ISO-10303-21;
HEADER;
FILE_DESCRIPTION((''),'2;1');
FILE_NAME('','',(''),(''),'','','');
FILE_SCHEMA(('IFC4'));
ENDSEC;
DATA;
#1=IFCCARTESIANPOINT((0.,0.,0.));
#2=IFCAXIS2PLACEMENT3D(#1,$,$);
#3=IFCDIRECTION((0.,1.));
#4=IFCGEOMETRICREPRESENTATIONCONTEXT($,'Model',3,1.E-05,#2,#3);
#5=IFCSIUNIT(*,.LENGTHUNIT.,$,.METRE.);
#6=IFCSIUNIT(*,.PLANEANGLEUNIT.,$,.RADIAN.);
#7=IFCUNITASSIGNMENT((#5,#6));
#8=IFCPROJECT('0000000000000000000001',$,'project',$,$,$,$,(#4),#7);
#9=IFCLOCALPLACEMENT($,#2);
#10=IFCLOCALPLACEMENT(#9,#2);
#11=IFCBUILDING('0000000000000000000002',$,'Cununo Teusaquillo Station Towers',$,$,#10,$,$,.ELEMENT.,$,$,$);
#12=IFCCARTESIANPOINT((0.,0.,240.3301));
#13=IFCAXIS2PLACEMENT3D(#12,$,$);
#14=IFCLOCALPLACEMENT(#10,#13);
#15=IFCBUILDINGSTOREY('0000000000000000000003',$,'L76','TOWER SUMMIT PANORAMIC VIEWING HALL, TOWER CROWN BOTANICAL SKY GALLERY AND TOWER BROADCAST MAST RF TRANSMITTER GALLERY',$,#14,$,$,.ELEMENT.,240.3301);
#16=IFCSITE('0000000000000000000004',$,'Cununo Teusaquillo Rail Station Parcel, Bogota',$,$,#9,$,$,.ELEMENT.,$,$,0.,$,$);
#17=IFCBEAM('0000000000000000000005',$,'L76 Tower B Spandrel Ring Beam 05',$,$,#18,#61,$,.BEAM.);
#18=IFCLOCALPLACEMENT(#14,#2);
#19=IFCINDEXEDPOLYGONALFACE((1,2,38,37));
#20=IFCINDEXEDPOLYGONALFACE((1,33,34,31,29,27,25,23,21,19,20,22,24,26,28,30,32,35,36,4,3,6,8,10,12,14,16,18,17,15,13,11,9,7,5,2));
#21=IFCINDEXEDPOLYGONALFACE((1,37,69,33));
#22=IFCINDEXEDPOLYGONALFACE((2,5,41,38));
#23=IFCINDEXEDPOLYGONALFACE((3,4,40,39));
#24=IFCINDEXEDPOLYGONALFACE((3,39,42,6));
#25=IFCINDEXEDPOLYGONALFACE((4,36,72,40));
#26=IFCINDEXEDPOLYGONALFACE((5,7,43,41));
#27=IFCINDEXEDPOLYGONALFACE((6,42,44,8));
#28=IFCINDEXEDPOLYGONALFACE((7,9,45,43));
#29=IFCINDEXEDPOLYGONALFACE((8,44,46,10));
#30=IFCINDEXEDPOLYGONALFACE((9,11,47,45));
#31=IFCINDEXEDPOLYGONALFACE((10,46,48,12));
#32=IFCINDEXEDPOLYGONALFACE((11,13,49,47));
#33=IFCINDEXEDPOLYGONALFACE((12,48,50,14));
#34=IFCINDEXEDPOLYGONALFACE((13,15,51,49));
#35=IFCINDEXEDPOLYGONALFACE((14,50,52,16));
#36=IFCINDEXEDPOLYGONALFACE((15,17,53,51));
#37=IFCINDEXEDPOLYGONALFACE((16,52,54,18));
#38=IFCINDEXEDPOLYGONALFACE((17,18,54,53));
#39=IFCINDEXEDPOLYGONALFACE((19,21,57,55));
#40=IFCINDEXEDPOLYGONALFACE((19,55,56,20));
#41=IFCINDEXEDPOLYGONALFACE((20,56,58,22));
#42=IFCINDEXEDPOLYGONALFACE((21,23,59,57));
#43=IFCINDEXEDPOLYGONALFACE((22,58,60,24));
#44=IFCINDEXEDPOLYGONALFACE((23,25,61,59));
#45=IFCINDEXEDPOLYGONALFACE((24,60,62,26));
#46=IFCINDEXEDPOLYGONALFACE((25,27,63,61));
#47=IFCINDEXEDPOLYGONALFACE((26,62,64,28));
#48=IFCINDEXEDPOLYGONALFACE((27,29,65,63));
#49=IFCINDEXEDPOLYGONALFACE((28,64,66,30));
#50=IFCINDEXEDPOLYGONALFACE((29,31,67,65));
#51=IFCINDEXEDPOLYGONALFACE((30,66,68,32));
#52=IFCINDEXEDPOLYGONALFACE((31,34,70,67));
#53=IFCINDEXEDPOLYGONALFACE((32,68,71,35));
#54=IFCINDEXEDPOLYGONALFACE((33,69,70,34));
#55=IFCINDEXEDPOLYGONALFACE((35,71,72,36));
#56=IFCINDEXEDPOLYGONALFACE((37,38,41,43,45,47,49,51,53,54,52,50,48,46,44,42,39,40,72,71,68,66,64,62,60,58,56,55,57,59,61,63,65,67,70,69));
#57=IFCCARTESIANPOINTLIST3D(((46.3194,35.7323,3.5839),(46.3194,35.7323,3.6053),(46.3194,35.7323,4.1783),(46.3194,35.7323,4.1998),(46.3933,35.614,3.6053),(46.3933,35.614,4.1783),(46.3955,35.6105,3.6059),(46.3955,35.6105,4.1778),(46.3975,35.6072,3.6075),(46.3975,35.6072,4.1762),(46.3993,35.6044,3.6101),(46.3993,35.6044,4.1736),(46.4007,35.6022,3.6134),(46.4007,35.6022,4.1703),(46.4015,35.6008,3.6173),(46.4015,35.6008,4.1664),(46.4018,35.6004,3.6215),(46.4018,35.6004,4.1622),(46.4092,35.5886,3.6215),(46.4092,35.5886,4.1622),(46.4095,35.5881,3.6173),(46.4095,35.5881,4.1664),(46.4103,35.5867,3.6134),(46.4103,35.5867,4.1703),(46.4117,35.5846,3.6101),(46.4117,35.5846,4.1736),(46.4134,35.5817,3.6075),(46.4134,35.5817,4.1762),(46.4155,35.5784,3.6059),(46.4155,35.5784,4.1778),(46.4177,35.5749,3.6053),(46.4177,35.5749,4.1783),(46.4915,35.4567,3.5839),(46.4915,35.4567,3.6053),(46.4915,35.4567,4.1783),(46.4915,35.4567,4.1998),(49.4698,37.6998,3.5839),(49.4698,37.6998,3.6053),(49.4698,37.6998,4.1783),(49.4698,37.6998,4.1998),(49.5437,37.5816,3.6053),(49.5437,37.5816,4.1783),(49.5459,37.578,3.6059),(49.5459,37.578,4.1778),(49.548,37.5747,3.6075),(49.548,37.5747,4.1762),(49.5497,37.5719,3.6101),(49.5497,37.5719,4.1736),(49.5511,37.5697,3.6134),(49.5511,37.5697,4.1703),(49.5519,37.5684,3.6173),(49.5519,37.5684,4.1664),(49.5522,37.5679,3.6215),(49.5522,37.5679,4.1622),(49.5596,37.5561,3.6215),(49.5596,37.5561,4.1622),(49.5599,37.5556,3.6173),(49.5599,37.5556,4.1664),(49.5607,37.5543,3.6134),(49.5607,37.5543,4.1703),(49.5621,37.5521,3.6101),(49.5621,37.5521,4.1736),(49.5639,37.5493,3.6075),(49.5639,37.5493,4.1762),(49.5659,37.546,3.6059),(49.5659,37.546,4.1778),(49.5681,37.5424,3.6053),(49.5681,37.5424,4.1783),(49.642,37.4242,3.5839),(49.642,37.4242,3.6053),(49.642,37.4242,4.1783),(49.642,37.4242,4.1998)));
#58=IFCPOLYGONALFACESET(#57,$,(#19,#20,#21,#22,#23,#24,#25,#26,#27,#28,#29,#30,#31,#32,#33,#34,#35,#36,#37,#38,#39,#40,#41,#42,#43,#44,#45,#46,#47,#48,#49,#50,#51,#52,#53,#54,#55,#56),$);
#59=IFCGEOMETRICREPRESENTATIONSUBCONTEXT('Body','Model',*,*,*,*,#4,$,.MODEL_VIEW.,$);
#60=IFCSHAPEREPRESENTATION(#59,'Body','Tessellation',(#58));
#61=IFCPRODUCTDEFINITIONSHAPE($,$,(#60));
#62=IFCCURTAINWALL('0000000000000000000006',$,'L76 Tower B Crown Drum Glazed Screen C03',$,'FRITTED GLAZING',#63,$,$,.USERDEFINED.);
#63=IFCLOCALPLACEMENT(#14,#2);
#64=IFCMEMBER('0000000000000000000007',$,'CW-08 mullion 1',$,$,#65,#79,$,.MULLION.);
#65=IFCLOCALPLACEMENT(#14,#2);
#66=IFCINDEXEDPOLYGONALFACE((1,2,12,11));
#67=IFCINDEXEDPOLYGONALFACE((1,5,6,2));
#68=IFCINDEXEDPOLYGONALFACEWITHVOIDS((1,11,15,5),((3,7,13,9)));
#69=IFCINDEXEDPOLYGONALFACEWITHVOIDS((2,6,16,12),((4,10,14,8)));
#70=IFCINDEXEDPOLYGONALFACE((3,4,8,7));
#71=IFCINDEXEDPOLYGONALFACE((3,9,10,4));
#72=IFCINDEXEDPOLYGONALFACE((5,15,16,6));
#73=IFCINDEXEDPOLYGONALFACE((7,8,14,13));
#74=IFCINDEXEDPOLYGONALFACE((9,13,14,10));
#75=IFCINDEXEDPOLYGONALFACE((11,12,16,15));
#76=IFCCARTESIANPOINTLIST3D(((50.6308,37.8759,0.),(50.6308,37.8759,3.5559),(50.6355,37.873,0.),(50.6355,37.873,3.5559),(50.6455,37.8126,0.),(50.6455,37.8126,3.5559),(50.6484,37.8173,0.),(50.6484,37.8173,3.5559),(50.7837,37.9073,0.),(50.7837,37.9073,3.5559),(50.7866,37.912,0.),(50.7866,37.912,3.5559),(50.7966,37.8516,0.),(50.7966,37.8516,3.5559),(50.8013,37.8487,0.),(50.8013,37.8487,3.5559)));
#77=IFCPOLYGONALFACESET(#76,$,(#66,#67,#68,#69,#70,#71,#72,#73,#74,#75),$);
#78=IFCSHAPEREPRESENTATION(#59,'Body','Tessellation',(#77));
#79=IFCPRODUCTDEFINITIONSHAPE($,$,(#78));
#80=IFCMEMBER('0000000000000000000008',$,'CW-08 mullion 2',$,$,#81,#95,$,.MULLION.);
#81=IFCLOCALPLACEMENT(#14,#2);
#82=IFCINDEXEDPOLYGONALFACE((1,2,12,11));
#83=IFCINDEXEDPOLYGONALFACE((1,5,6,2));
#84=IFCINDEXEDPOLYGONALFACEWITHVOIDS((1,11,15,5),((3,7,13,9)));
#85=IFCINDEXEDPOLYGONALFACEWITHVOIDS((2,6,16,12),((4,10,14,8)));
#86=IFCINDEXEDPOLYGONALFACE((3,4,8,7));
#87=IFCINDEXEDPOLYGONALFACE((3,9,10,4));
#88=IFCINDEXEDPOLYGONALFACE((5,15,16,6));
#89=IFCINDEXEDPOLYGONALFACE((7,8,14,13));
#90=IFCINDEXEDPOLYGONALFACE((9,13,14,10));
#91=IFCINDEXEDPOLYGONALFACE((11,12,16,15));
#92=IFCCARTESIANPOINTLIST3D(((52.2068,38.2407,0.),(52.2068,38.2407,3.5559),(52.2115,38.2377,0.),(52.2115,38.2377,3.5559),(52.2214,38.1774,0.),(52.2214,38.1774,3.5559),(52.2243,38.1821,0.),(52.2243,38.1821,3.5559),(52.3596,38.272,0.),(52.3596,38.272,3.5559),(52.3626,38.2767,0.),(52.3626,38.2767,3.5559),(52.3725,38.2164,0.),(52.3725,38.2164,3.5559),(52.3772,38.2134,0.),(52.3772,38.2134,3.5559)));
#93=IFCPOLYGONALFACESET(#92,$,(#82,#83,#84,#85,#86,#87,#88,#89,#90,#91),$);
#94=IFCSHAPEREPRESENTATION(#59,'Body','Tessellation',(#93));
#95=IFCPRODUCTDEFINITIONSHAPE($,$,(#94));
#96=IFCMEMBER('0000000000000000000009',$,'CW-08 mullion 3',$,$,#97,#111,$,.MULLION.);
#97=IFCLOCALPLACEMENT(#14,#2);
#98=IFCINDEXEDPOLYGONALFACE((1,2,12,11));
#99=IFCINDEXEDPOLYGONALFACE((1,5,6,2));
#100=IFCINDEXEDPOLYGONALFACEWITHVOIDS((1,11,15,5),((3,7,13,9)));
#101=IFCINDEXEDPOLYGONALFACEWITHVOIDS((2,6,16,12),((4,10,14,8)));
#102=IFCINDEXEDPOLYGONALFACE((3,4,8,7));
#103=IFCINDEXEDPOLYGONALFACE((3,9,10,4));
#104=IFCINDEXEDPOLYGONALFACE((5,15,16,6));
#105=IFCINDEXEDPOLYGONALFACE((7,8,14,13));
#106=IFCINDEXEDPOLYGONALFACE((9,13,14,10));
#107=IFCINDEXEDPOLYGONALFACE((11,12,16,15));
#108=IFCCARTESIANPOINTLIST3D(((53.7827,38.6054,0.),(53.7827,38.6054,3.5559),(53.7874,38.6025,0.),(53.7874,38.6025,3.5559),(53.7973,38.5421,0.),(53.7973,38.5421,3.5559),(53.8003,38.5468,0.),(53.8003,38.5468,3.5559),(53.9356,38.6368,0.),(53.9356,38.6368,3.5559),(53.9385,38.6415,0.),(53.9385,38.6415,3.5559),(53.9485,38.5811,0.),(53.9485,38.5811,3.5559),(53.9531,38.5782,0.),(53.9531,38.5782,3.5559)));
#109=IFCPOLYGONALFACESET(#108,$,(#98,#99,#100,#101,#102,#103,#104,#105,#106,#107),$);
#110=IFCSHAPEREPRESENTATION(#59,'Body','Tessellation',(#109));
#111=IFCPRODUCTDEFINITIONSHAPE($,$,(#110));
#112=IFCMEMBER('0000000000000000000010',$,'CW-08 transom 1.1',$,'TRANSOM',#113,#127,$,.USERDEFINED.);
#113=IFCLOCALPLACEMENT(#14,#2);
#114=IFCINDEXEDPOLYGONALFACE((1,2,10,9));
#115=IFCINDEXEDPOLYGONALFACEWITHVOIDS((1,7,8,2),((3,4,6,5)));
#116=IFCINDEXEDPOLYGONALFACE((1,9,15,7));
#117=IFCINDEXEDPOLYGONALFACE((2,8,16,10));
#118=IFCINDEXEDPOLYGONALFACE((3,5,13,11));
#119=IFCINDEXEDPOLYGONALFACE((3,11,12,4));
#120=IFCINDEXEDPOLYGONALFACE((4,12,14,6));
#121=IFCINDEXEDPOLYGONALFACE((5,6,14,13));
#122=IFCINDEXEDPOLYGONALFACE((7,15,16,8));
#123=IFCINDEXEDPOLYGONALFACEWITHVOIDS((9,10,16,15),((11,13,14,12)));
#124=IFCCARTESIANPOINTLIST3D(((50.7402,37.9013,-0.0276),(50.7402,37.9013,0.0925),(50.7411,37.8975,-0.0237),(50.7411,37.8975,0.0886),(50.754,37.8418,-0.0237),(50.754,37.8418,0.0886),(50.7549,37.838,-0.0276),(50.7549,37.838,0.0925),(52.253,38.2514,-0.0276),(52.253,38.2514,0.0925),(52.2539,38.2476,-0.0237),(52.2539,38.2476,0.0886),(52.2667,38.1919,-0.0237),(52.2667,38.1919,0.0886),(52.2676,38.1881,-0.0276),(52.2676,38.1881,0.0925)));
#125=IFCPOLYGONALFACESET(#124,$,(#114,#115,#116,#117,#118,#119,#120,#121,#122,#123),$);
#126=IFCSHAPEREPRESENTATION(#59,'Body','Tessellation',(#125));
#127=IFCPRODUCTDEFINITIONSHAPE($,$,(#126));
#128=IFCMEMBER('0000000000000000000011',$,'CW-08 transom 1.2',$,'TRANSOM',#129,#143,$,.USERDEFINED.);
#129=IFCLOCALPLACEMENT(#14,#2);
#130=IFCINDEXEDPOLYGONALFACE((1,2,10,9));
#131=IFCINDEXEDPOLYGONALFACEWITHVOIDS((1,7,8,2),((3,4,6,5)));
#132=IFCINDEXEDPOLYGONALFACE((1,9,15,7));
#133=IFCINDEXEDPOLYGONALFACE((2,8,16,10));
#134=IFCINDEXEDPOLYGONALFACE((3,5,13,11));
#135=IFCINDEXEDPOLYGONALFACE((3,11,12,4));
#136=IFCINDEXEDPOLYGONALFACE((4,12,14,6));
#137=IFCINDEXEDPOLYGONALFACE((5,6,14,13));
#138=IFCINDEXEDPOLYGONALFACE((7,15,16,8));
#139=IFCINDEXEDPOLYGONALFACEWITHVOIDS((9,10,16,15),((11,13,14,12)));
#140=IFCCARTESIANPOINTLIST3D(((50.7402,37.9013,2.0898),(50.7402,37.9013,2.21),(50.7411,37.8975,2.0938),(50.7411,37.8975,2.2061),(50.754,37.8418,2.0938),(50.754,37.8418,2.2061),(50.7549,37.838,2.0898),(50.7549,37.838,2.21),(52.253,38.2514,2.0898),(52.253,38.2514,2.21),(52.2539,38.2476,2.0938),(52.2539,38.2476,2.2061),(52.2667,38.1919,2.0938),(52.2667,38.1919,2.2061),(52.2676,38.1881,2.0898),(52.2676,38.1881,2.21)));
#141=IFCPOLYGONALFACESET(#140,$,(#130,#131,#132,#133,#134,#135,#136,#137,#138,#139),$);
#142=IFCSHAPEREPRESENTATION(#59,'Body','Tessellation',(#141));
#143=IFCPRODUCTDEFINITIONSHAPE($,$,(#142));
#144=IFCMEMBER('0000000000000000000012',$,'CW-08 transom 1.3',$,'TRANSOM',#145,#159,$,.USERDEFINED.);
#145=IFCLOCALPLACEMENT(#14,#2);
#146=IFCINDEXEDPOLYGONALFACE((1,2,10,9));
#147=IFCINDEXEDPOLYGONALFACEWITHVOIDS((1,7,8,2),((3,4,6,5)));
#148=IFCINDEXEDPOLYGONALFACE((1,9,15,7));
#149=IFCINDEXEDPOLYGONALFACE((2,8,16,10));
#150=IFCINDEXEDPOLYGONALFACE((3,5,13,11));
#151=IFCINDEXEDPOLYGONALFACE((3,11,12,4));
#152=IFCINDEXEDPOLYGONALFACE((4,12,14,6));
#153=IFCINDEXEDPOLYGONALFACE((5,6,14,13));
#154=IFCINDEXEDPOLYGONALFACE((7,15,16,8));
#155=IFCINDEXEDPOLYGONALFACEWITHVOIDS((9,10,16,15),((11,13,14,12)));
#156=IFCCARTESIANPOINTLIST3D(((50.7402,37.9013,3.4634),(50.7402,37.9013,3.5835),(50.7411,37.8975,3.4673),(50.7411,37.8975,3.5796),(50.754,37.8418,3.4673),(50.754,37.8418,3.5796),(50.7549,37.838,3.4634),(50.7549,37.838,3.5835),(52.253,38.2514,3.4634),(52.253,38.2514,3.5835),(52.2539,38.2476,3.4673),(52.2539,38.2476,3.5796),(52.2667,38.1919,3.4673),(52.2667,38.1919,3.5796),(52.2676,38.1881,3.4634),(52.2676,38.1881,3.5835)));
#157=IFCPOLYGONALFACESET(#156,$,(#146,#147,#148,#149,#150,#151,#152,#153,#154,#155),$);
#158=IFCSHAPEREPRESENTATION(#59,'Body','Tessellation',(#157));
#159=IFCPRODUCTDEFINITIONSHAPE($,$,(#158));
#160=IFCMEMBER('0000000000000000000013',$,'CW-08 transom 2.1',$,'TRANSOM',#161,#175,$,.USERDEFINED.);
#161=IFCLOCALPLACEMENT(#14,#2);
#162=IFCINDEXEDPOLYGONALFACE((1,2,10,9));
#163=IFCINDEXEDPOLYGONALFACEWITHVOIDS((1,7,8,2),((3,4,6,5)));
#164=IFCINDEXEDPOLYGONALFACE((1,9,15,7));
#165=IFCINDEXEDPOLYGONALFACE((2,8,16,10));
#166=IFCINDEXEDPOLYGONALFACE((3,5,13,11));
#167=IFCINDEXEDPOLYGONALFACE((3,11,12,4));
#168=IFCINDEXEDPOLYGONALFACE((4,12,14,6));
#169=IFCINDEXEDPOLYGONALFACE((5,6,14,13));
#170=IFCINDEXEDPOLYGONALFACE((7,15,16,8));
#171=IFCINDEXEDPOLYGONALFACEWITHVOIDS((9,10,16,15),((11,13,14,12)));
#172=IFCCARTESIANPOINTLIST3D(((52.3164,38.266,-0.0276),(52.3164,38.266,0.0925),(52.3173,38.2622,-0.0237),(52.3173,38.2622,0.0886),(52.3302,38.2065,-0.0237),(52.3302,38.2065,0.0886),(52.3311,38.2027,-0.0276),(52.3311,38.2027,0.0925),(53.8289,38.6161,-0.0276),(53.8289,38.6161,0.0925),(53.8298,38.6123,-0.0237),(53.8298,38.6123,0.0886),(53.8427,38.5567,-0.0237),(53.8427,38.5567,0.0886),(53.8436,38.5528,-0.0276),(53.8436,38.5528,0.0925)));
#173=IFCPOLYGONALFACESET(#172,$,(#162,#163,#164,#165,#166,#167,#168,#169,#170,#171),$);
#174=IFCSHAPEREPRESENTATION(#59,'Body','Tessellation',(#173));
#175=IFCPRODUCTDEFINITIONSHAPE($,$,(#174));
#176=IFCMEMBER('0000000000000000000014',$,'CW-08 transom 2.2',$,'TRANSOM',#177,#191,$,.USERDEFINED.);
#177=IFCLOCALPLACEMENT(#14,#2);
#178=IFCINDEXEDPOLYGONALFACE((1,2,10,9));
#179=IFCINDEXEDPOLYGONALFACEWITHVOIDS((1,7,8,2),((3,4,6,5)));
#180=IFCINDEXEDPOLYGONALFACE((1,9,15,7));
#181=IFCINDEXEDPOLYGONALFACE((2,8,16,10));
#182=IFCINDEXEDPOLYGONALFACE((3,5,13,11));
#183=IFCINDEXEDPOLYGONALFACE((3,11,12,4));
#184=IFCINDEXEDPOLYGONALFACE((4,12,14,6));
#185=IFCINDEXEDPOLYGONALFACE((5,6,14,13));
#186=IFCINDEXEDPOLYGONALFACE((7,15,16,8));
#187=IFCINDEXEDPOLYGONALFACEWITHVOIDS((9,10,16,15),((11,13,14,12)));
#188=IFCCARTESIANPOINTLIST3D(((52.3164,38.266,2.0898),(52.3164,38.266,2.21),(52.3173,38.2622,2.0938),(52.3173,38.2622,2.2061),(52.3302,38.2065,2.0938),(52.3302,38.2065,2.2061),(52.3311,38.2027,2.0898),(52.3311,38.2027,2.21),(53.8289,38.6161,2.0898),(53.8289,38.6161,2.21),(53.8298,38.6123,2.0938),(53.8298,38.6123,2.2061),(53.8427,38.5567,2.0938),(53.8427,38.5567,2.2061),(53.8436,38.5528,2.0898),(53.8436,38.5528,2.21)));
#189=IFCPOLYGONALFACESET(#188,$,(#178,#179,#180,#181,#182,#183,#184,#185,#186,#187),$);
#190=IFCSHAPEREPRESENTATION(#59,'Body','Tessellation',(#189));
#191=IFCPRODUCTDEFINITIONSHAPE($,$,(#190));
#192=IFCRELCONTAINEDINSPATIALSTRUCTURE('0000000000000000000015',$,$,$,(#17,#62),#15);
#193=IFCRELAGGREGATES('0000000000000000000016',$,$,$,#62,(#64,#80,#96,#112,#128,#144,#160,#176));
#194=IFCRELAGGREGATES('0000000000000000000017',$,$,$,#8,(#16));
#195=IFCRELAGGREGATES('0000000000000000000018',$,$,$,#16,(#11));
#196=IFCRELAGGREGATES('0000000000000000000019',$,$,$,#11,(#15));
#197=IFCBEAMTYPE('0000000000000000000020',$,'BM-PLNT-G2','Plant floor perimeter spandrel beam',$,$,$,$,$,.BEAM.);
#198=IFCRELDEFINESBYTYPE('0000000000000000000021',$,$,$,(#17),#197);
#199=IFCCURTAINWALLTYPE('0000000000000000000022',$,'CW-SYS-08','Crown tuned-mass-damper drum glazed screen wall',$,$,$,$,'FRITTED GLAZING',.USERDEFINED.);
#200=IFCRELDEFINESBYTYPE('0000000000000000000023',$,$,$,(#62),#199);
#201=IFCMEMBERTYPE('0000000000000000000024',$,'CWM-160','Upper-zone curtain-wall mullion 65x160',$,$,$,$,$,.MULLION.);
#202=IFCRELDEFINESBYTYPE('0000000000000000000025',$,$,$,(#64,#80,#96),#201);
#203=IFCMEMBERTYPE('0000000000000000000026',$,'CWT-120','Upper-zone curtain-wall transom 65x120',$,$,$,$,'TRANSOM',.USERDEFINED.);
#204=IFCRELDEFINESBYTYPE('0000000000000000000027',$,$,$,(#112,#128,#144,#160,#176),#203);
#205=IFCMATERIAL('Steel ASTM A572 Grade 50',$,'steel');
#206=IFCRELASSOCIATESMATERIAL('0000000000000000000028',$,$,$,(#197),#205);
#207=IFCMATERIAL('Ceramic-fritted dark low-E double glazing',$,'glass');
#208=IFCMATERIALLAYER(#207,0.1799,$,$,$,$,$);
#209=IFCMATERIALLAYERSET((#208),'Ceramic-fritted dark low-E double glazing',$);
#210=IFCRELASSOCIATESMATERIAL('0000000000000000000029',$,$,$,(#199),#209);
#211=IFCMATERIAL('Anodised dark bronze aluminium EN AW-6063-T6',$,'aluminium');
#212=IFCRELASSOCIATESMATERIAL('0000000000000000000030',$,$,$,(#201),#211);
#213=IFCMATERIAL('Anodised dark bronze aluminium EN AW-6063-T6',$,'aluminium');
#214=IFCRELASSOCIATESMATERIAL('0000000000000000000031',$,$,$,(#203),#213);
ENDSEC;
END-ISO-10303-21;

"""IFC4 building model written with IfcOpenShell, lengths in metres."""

from ifc_helpers import new_model, si_unit, direction, frame, origin, origin_2d, place, context, subcontext, project, spatial, hollow_rectangle, i_section, extrude, material, layer, layer_set, material_profile, profile_set, type_object, element, aggregate, save


model = new_model("IFC4")

# Units and contexts
model_context = context("Model", 3, precision=1e-05, world=origin(), true_north=direction((0.0, 1.0)))
body_context = subcontext(model_context, "Body", "Model", "MODEL_VIEW")
ifc_project = project(units=[si_unit("LENGTHUNIT", "METRE"), si_unit("PLANEANGLEUNIT", "RADIAN")], contexts=[model_context])

# Site, building, storey
site_placement = place(None, origin())
site = spatial("IfcSite", under=ifc_project, at=site_placement, Name="Cununo Teusaquillo Rail Station Parcel, Bogota", CompositionType="ELEMENT", RefElevation=0.0)
building_placement = place(site_placement, origin())
building = spatial("IfcBuilding", under=site, at=building_placement, Name="Cununo Teusaquillo Station Towers", CompositionType="ELEMENT")
storey_placement = place(building_placement, frame((0.0, 0.0, 240.3301)))
storey = spatial("IfcBuildingStorey", under=building, at=storey_placement, Name="L76", Description="TOWER SUMMIT PANORAMIC VIEWING HALL, TOWER CROWN BOTANICAL SKY GALLERY AND TOWER BROADCAST MAST RF TRANSMITTER GALLERY", CompositionType="ELEMENT", Elevation=240.3301)

# Beam
ifc_material_1 = material(Name="Steel ASTM A572 Grade 50", Category="steel")
ifc_material_profile_1 = material_profile(ifc_material_1, i_section(OverallWidth=0.325, OverallDepth=0.616, WebThickness=0.0139, FlangeThickness=0.0215, FilletRadius=0.0161, at=origin_2d()), Name="W24X117")
ifc_profile_set_1 = profile_set([ifc_material_profile_1], Name="Steel ASTM A572 Grade 50")
beam_type_1 = type_object("IfcBeamType", Name="BM-PLNT-G2", Description="Plant floor perimeter spandrel beam", PredefinedType="BEAM", material=ifc_profile_set_1)
beam_1_placement = place(storey_placement, frame((49.5559, 37.562, 3.8918), z_axis=(-0.848176, -0.529715, 0.0), x_axis=(0.529715, -0.848176, 0.0)))
element("IfcBeam", 1, at=beam_1_placement, inside=storey, type_object=beam_type_1, Name="L76 Tower B Spandrel Ring Beam 05", PredefinedType="BEAM", context=body_context, shape_type="SweptSolid", body=[
    extrude(i_section(OverallWidth=0.325, OverallDepth=0.616, WebThickness=0.0139, FlangeThickness=0.0215, FilletRadius=0.0161, at=origin_2d()), origin(), (0.0, 0.0, 1.0), 3.7144),
])

# Curtain wall, members
ifc_material_2 = material(Name="Ceramic-fritted dark low-E double glazing", Category="glass")
ifc_layer_1 = layer(ifc_material_2, 0.1799)
ifc_layer_set_1 = layer_set([ifc_layer_1], Name="Ceramic-fritted dark low-E double glazing")
curtain_wall_type = type_object("IfcCurtainWallType", Name="CW-SYS-08", Description="Crown tuned-mass-damper drum glazed screen wall", ElementType="FRITTED GLAZING", PredefinedType="USERDEFINED", material=ifc_layer_set_1)
curtain_wall_placement = place(storey_placement, origin())
curtain_wall = element("IfcCurtainWall", 2, at=curtain_wall_placement, inside=storey, type_object=curtain_wall_type, Name="L76 Tower B Crown Drum Glazed Screen C03", ObjectType="FRITTED GLAZING", PredefinedType="USERDEFINED")
ifc_material_3 = material(Name="Anodised dark bronze aluminium EN AW-6063-T6", Category="aluminium")
ifc_material_profile_2 = material_profile(ifc_material_3, hollow_rectangle(XDim=0.0649, YDim=0.1599, WallThickness=0.0039, at=origin_2d()), Name="CW-MULL-65x160")
ifc_profile_set_2 = profile_set([ifc_material_profile_2], Name="Anodised dark bronze aluminium EN AW-6063-T6")
member_type_1 = type_object("IfcMemberType", Name="CWM-160", Description="Upper-zone curtain-wall mullion 65x160", PredefinedType="MULLION", material=ifc_profile_set_2)
member_1_placement = place(storey_placement, frame((50.7161, 37.8623, 0.0), z_axis=(0.0, 0.0, 1.0), x_axis=(-0.225466, 0.974251, 0.0)))
member_1 = element("IfcMember", 3, at=member_1_placement, type_object=member_type_1, Name="CW-08 mullion 1", PredefinedType="MULLION", context=body_context, shape_type="SweptSolid", body=[
    extrude(hollow_rectangle(XDim=0.0649, YDim=0.1599, WallThickness=0.0039, at=origin_2d()), origin(), (0.0, 0.0, 1.0), 3.5559),
])
member_2_placement = place(storey_placement, frame((52.292, 38.2271, 0.0), z_axis=(0.0, 0.0, 1.0), x_axis=(-0.225466, 0.974251, 0.0)))
member_2 = element("IfcMember", 4, at=member_2_placement, type_object=member_type_1, Name="CW-08 mullion 2", PredefinedType="MULLION", context=body_context, shape_type="SweptSolid", body=[
    extrude(hollow_rectangle(XDim=0.0649, YDim=0.1599, WallThickness=0.0039, at=origin_2d()), origin(), (0.0, 0.0, 1.0), 3.5559),
])
member_3_placement = place(storey_placement, frame((53.8679, 38.5918, 0.0), z_axis=(0.0, 0.0, 1.0), x_axis=(-0.225466, 0.974251, 0.0)))
member_3 = element("IfcMember", 5, at=member_3_placement, type_object=member_type_1, Name="CW-08 mullion 3", PredefinedType="MULLION", context=body_context, shape_type="SweptSolid", body=[
    extrude(hollow_rectangle(XDim=0.0649, YDim=0.1599, WallThickness=0.0039, at=origin_2d()), origin(), (0.0, 0.0, 1.0), 3.5559),
])
ifc_material_4 = material(Name="Anodised dark bronze aluminium EN AW-6063-T6", Category="aluminium")
ifc_material_profile_3 = material_profile(ifc_material_4, hollow_rectangle(XDim=0.0649, YDim=0.1201, WallThickness=0.0039, at=origin_2d()), Name="CW-TRAN-65x120")
ifc_profile_set_3 = profile_set([ifc_material_profile_3], Name="Anodised dark bronze aluminium EN AW-6063-T6")
member_type_2 = type_object("IfcMemberType", Name="CWT-120", Description="Upper-zone curtain-wall transom 65x120", ElementType="TRANSOM", PredefinedType="USERDEFINED", material=ifc_profile_set_3)
member_4_placement = place(storey_placement, frame((50.7476, 37.8696, 0.0325), z_axis=(0.974248, 0.22548, 0.0), x_axis=(-0.22548, 0.974248, 0.0)))
member_4 = element("IfcMember", 6, at=member_4_placement, type_object=member_type_2, Name="CW-08 transom 1.1", ObjectType="TRANSOM", PredefinedType="USERDEFINED", context=body_context, shape_type="SweptSolid", body=[
    extrude(hollow_rectangle(XDim=0.0649, YDim=0.1201, WallThickness=0.0039, at=origin_2d()), origin(), (0.0, 0.0, 1.0), 1.5527),
])
member_5_placement = place(storey_placement, frame((50.7476, 37.8696, 2.1499), z_axis=(0.974248, 0.22548, 0.0), x_axis=(-0.22548, 0.974248, 0.0)))
member_5 = element("IfcMember", 7, at=member_5_placement, type_object=member_type_2, Name="CW-08 transom 1.2", ObjectType="TRANSOM", PredefinedType="USERDEFINED", context=body_context, shape_type="SweptSolid", body=[
    extrude(hollow_rectangle(XDim=0.0649, YDim=0.1201, WallThickness=0.0039, at=origin_2d()), origin(), (0.0, 0.0, 1.0), 1.5527),
])
member_6_placement = place(storey_placement, frame((50.7476, 37.8696, 3.5234), z_axis=(0.974248, 0.22548, 0.0), x_axis=(-0.22548, 0.974248, 0.0)))
member_6 = element("IfcMember", 8, at=member_6_placement, type_object=member_type_2, Name="CW-08 transom 1.3", ObjectType="TRANSOM", PredefinedType="USERDEFINED", context=body_context, shape_type="SweptSolid", body=[
    extrude(hollow_rectangle(XDim=0.0649, YDim=0.1201, WallThickness=0.0039, at=origin_2d()), origin(), (0.0, 0.0, 1.0), 1.5527),
])
member_7_placement = place(storey_placement, frame((52.3237, 38.2344, 0.0325), z_axis=(0.97424, 0.225514, 0.0), x_axis=(-0.225514, 0.97424, 0.0)))
member_7 = element("IfcMember", 9, at=member_7_placement, type_object=member_type_2, Name="CW-08 transom 2.1", ObjectType="TRANSOM", PredefinedType="USERDEFINED", context=body_context, shape_type="SweptSolid", body=[
    extrude(hollow_rectangle(XDim=0.0649, YDim=0.1201, WallThickness=0.0039, at=origin_2d()), origin(), (0.0, 0.0, 1.0), 1.5525),
])
member_8_placement = place(storey_placement, frame((52.3237, 38.2344, 2.1499), z_axis=(0.97424, 0.225514, 0.0), x_axis=(-0.225514, 0.97424, 0.0)))
member_8 = element("IfcMember", 10, at=member_8_placement, type_object=member_type_2, Name="CW-08 transom 2.2", ObjectType="TRANSOM", PredefinedType="USERDEFINED", context=body_context, shape_type="SweptSolid", body=[
    extrude(hollow_rectangle(XDim=0.0649, YDim=0.1201, WallThickness=0.0039, at=origin_2d()), origin(), (0.0, 0.0, 1.0), 1.5525),
])

aggregate(curtain_wall, [member_1, member_2, member_3, member_4, member_5, member_6, member_7, member_8])

save(model, "model.ifc")
